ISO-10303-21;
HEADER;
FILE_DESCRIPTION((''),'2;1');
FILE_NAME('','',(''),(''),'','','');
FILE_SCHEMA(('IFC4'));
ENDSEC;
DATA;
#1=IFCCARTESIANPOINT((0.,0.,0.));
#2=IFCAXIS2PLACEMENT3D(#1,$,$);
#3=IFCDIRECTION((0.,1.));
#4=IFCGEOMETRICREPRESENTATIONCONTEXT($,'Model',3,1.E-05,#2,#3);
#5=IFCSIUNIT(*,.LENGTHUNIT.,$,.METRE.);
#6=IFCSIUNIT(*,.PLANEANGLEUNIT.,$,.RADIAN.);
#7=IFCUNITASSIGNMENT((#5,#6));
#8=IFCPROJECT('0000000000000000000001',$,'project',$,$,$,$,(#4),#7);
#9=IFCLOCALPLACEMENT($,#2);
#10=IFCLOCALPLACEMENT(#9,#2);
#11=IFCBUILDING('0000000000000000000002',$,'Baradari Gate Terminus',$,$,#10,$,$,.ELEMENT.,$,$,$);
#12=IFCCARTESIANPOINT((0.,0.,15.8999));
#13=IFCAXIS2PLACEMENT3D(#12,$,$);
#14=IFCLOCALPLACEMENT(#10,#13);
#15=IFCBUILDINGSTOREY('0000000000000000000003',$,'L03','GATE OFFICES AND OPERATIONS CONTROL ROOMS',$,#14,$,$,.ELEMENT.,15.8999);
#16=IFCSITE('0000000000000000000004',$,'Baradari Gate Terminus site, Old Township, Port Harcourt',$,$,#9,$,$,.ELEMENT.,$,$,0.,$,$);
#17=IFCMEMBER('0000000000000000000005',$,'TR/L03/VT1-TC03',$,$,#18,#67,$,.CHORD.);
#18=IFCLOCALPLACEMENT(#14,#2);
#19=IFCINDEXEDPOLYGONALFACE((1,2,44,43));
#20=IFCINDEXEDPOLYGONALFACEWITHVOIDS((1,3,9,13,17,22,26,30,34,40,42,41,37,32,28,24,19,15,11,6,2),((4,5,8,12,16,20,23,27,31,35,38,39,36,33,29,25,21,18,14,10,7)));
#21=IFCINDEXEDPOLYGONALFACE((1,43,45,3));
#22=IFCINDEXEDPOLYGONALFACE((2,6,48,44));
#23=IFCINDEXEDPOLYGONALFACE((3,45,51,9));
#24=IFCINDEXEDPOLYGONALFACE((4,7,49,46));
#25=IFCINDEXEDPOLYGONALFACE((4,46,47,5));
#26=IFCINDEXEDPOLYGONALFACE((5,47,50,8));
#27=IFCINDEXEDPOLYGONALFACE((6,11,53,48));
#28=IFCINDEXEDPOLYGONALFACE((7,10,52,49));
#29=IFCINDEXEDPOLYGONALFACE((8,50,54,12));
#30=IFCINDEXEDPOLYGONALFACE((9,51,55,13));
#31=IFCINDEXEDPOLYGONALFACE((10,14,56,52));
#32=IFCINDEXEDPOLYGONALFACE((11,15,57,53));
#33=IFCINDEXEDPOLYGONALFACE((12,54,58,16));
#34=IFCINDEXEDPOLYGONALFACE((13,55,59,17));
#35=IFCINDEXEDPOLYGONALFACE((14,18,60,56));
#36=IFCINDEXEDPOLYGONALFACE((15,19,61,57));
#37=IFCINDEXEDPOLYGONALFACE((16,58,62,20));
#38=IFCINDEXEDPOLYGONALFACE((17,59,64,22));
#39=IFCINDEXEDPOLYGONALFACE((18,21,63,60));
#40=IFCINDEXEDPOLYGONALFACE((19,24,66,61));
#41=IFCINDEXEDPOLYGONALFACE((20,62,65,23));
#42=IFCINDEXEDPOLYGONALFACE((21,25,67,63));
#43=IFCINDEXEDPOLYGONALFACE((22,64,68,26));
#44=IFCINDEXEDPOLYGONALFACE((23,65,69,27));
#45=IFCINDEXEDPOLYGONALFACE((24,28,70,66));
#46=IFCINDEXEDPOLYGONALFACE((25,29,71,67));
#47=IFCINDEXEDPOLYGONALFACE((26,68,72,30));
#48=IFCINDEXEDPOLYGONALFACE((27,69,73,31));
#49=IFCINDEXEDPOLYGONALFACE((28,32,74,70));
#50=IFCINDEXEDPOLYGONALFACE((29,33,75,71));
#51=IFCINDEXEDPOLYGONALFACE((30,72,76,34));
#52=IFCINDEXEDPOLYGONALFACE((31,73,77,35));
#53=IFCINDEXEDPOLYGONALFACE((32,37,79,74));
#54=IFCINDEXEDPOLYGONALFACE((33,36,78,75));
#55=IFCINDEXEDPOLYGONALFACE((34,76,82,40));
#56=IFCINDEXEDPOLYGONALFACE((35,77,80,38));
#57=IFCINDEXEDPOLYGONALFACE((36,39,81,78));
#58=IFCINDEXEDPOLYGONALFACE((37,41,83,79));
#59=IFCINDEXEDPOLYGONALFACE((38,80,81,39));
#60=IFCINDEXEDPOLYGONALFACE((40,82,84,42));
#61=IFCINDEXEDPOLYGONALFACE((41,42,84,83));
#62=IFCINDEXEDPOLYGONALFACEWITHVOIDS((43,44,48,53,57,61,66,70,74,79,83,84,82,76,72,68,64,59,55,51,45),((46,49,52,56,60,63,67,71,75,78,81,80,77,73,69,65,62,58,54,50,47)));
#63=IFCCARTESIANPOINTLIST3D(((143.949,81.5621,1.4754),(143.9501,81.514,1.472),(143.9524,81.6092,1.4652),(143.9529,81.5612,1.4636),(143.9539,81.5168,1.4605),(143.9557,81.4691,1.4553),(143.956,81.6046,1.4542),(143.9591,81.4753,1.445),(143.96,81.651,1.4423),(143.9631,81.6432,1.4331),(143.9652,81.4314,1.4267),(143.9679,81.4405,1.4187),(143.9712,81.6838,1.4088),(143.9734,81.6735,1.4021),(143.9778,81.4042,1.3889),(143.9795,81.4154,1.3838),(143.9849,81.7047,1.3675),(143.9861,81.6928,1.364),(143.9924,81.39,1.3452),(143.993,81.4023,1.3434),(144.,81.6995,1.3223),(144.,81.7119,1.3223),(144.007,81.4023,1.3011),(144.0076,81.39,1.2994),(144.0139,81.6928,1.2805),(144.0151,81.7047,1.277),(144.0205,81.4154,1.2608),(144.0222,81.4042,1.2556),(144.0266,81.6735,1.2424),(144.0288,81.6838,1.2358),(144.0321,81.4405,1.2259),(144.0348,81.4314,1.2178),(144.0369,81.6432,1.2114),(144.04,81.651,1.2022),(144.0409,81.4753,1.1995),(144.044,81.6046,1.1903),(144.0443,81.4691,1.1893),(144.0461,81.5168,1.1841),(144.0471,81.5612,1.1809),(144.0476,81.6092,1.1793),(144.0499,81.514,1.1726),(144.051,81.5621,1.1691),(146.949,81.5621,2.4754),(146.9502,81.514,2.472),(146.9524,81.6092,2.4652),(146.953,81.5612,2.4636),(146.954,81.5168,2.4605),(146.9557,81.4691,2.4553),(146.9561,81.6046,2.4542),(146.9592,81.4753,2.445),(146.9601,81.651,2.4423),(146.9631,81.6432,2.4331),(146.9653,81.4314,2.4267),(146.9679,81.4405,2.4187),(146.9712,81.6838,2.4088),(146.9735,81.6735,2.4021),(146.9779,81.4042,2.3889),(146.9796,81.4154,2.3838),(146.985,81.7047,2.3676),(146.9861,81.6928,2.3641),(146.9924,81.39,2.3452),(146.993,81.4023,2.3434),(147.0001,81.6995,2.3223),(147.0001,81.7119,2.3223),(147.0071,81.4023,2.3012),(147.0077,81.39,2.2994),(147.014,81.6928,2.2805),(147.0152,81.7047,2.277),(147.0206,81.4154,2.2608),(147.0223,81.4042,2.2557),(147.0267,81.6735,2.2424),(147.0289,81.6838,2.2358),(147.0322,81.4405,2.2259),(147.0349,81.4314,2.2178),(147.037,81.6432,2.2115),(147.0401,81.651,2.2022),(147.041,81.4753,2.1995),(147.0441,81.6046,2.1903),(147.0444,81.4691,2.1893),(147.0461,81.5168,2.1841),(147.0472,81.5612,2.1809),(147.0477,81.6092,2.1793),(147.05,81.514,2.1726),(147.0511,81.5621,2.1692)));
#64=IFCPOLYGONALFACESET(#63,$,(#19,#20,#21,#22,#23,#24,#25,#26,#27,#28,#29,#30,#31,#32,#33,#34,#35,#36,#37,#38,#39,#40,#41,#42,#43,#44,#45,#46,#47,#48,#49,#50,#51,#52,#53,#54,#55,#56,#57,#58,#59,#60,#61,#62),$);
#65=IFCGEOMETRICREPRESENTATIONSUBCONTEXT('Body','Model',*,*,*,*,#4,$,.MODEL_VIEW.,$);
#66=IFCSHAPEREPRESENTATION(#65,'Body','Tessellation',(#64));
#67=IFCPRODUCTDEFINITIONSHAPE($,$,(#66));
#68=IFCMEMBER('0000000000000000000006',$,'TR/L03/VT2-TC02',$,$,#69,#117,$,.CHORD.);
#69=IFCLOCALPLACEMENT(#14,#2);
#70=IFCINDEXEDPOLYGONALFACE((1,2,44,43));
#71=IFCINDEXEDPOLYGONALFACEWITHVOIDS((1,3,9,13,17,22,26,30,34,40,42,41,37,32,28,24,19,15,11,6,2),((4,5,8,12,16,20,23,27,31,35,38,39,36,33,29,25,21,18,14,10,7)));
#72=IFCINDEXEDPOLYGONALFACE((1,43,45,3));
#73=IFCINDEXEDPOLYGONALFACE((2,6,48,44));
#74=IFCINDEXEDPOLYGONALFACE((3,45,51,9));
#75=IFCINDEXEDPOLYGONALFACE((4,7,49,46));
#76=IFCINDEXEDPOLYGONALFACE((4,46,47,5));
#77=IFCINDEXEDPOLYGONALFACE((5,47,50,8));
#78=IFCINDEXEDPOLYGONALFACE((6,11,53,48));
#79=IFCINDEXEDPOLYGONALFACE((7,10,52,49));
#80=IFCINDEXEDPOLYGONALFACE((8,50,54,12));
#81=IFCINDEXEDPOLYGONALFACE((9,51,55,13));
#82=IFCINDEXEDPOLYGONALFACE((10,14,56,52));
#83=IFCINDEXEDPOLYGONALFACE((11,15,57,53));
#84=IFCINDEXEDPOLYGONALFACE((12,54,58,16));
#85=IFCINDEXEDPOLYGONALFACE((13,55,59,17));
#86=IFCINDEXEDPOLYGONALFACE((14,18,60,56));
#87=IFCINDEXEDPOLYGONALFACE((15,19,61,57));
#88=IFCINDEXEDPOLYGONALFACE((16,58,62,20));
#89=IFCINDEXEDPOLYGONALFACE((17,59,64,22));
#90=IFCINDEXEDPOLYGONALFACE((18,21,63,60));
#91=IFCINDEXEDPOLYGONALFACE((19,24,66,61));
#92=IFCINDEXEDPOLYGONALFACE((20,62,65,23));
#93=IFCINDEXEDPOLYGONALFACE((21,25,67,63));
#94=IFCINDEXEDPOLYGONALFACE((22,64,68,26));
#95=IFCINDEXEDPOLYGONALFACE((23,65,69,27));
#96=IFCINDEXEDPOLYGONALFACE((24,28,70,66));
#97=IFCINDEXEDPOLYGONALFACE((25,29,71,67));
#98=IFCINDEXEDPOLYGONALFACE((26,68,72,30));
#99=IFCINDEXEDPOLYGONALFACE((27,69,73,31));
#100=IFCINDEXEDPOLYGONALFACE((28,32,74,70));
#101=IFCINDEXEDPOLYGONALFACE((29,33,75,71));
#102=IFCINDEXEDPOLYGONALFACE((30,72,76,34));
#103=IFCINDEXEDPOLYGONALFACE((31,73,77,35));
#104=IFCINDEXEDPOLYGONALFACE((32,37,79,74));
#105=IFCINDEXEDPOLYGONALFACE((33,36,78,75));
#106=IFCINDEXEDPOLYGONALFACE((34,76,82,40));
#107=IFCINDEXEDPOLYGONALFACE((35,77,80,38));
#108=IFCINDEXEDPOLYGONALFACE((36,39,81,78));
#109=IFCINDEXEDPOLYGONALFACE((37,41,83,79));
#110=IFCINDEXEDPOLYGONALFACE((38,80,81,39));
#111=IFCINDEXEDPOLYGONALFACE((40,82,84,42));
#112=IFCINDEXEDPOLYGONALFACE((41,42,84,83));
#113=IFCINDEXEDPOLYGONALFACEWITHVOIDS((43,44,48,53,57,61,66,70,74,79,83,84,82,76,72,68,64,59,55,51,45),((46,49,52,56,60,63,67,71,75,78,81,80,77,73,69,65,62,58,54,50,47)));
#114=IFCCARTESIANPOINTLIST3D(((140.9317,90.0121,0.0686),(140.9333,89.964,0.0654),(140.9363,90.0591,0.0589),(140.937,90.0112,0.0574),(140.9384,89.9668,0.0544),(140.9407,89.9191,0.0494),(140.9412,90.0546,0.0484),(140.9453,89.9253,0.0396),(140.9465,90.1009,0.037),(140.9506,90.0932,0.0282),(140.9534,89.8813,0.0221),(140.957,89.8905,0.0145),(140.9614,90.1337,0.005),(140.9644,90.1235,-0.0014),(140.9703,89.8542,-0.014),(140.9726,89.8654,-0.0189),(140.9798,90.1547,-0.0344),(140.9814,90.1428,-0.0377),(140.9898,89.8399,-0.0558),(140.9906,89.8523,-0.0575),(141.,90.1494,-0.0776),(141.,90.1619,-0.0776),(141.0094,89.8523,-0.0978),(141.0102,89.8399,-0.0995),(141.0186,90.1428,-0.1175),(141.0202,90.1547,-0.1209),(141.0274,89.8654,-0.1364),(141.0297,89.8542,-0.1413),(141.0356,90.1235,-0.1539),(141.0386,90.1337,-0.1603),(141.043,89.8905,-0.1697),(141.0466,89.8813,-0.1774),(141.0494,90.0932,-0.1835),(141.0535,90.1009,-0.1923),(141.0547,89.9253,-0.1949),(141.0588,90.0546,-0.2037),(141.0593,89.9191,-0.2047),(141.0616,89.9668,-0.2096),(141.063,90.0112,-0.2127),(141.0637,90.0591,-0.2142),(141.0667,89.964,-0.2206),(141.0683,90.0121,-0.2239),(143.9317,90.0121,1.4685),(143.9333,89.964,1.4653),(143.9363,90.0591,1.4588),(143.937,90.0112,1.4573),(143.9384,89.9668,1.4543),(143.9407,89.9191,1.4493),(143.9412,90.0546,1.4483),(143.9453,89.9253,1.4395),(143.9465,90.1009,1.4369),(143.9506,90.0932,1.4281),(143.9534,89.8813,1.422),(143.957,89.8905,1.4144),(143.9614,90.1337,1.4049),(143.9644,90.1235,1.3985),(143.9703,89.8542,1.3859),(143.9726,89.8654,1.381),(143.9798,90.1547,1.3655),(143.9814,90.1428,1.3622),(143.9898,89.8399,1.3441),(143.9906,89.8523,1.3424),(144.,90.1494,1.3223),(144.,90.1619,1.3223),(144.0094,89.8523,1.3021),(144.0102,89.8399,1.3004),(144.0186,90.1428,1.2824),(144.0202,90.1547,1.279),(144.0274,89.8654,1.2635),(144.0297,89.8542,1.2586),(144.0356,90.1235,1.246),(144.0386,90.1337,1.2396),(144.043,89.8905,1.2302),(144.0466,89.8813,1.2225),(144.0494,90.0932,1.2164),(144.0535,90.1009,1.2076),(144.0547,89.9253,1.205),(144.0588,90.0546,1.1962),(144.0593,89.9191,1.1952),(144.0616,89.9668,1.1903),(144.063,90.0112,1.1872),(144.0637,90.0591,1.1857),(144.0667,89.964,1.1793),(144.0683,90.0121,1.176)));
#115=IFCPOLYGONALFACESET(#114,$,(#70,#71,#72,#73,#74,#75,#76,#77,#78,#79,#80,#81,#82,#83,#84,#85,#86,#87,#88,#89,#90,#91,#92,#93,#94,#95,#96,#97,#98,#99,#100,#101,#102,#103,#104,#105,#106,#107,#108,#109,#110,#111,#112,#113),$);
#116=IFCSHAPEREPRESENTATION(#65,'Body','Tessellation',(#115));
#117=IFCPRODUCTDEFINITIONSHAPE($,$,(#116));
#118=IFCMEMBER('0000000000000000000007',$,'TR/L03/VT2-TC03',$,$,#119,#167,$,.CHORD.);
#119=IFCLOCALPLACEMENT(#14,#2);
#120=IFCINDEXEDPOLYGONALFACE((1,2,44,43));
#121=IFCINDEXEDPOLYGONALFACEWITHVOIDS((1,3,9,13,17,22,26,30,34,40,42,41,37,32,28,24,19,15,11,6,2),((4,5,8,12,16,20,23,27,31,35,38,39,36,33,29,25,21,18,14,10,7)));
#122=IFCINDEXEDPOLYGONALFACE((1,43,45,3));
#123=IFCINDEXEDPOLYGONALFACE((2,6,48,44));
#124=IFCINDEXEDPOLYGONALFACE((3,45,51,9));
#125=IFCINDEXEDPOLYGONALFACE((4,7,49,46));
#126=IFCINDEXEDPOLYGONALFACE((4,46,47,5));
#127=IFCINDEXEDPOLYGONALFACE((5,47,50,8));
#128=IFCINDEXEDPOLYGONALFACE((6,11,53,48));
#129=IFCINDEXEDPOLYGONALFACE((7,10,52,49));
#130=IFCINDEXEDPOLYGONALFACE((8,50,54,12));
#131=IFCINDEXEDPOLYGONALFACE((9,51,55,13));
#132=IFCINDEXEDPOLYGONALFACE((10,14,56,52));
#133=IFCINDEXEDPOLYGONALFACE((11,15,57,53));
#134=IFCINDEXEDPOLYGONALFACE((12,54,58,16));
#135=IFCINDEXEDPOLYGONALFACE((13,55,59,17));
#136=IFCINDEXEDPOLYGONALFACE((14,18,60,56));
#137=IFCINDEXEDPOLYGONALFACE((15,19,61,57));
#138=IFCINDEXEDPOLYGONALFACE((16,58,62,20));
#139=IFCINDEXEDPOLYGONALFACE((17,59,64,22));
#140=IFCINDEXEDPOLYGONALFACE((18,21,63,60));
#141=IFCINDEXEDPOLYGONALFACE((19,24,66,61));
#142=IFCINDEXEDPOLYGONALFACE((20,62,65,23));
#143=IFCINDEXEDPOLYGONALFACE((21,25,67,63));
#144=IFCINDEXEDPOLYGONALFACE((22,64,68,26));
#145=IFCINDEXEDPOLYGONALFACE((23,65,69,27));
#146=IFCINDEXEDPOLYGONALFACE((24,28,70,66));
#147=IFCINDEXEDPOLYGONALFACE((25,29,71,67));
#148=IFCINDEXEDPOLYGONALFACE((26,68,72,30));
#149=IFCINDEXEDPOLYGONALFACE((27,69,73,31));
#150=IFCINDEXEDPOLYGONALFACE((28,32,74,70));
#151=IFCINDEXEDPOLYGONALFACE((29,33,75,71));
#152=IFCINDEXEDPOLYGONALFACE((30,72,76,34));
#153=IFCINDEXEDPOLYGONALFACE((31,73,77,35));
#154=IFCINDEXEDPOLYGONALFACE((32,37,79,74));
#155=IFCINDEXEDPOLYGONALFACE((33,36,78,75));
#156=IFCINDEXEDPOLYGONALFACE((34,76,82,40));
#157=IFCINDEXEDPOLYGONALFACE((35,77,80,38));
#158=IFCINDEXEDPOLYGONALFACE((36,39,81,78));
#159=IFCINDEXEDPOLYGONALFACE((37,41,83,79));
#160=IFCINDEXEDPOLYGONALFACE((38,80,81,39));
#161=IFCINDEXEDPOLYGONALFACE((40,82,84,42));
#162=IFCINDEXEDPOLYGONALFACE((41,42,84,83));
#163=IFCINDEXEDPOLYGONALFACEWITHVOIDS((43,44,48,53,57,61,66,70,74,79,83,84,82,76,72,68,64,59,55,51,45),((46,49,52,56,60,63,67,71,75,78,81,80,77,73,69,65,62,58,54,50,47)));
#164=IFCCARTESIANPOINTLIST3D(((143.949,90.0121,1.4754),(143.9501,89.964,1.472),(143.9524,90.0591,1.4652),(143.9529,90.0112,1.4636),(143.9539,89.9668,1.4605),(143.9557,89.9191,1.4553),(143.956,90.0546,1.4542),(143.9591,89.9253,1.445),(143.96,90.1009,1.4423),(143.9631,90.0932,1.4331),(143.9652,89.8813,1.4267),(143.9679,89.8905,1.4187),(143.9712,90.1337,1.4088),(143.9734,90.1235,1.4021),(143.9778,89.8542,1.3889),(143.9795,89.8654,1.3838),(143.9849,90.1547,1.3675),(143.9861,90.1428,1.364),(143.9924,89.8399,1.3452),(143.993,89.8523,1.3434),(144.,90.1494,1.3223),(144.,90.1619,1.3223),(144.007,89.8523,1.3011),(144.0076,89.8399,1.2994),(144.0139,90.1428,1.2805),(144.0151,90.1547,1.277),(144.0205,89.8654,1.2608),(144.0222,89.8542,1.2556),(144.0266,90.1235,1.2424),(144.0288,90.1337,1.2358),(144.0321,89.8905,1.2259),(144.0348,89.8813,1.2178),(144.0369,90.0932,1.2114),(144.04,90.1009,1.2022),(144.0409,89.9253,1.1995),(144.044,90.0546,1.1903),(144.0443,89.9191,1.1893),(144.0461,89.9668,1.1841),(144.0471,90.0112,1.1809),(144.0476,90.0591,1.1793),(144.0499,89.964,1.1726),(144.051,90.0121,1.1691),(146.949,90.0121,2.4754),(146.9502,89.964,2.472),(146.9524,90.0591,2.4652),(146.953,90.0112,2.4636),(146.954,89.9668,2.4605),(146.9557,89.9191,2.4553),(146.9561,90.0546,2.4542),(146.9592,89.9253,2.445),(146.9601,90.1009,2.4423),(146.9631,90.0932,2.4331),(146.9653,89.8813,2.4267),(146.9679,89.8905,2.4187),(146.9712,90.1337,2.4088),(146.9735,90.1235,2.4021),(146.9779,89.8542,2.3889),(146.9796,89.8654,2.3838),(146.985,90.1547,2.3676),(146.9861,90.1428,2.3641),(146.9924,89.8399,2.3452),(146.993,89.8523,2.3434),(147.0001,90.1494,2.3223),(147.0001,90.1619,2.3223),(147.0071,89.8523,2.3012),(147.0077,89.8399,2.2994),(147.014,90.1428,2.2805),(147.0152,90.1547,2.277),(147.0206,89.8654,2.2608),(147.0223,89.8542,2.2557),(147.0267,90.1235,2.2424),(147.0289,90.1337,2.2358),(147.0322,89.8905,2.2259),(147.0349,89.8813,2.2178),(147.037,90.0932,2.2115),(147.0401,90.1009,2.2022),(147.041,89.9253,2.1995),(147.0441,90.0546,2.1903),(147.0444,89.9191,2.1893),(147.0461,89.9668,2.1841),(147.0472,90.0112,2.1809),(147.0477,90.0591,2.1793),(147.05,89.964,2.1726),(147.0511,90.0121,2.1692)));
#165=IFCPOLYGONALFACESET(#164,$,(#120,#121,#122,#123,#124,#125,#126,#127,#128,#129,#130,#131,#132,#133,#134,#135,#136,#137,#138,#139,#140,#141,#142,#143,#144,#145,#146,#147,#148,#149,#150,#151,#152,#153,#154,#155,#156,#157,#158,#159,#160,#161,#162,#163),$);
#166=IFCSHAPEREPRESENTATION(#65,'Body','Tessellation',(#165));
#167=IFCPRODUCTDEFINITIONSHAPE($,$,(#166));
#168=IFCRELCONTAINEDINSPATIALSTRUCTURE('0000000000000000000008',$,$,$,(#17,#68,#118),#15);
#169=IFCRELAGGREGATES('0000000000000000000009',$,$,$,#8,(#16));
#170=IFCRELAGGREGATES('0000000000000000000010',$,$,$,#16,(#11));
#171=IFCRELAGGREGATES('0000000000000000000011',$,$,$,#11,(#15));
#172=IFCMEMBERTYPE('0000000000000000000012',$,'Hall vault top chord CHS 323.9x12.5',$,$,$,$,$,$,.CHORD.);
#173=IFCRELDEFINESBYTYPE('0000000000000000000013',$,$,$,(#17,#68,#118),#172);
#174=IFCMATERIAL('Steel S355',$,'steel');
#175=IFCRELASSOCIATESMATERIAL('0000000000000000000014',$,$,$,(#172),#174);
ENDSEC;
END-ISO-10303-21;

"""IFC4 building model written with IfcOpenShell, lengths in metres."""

from ifc_helpers import new_model, si_unit, direction, frame, origin, origin_2d, place, context, subcontext, project, spatial, hollow_circle, extrude, material, material_profile, profile_set, type_object, element, save


model = new_model("IFC4")

# Units and contexts
model_context = context("Model", 3, precision=1e-05, world=origin(), true_north=direction((0.0, 1.0)))
body_context = subcontext(model_context, "Body", "Model", "MODEL_VIEW")
ifc_project = project(units=[si_unit("LENGTHUNIT", "METRE"), si_unit("PLANEANGLEUNIT", "RADIAN")], contexts=[model_context])

# Site, building, storey
site_placement = place(None, origin())
site = spatial("IfcSite", under=ifc_project, at=site_placement, Name="Baradari Gate Terminus site, Old Township, Port Harcourt", CompositionType="ELEMENT", RefElevation=0.0)
building_placement = place(site_placement, origin())
building = spatial("IfcBuilding", under=site, at=building_placement, Name="Baradari Gate Terminus", CompositionType="ELEMENT")
storey_placement = place(building_placement, frame((0.0, 0.0, 15.8999)))
storey = spatial("IfcBuildingStorey", under=building, at=storey_placement, Name="L03", Description="GATE OFFICES AND OPERATIONS CONTROL ROOMS", CompositionType="ELEMENT", Elevation=15.8999)

# Members
ifc_material_1 = material(Name="Steel S355", Category="steel")
ifc_material_profile_1 = material_profile(ifc_material_1, hollow_circle(Radius=0.1619, WallThickness=0.0125, at=origin_2d()), Name="CHS 323.9x12.5")
ifc_profile_set_1 = profile_set([ifc_material_profile_1], Name="Steel S355")
member_type_1 = type_object("IfcMemberType", Name="Hall vault top chord CHS 323.9x12.5", PredefinedType="CHORD", material=ifc_profile_set_1)
member_1_placement = place(storey_placement, frame((144.0, 81.55, 1.3223), z_axis=(0.948683, 0.0, 0.316228), x_axis=(0.0, 1.0, 0.0)))
element("IfcMember", 1, at=member_1_placement, inside=storey, type_object=member_type_1, Name="TR/L03/VT1-TC03", PredefinedType="CHORD", context=body_context, shape_type="SweptSolid", body=[
    extrude(hollow_circle(Radius=0.1619, WallThickness=0.0125, at=origin_2d()), origin(), (0.0, 0.0, 1.0), 3.1624),
])
member_2_placement = place(storey_placement, frame((141.0, 90.0, -0.0776), z_axis=(0.906194, 0.0, 0.422861), x_axis=(0.0, 1.0, 0.0)))
element("IfcMember", 2, at=member_2_placement, inside=storey, type_object=member_type_1, Name="TR/L03/VT2-TC02", PredefinedType="CHORD", context=body_context, shape_type="SweptSolid", body=[
    extrude(hollow_circle(Radius=0.1619, WallThickness=0.0125, at=origin_2d()), origin(), (0.0, 0.0, 1.0), 3.3105),
])
member_3_placement = place(storey_placement, frame((144.0, 90.0, 1.3223), z_axis=(0.948683, 0.0, 0.316228), x_axis=(0.0, 1.0, 0.0)))
element("IfcMember", 3, at=member_3_placement, inside=storey, type_object=member_type_1, Name="TR/L03/VT2-TC03", PredefinedType="CHORD", context=body_context, shape_type="SweptSolid", body=[
    extrude(hollow_circle(Radius=0.1619, WallThickness=0.0125, at=origin_2d()), origin(), (0.0, 0.0, 1.0), 3.1624),
])

save(model, "model.ifc")
